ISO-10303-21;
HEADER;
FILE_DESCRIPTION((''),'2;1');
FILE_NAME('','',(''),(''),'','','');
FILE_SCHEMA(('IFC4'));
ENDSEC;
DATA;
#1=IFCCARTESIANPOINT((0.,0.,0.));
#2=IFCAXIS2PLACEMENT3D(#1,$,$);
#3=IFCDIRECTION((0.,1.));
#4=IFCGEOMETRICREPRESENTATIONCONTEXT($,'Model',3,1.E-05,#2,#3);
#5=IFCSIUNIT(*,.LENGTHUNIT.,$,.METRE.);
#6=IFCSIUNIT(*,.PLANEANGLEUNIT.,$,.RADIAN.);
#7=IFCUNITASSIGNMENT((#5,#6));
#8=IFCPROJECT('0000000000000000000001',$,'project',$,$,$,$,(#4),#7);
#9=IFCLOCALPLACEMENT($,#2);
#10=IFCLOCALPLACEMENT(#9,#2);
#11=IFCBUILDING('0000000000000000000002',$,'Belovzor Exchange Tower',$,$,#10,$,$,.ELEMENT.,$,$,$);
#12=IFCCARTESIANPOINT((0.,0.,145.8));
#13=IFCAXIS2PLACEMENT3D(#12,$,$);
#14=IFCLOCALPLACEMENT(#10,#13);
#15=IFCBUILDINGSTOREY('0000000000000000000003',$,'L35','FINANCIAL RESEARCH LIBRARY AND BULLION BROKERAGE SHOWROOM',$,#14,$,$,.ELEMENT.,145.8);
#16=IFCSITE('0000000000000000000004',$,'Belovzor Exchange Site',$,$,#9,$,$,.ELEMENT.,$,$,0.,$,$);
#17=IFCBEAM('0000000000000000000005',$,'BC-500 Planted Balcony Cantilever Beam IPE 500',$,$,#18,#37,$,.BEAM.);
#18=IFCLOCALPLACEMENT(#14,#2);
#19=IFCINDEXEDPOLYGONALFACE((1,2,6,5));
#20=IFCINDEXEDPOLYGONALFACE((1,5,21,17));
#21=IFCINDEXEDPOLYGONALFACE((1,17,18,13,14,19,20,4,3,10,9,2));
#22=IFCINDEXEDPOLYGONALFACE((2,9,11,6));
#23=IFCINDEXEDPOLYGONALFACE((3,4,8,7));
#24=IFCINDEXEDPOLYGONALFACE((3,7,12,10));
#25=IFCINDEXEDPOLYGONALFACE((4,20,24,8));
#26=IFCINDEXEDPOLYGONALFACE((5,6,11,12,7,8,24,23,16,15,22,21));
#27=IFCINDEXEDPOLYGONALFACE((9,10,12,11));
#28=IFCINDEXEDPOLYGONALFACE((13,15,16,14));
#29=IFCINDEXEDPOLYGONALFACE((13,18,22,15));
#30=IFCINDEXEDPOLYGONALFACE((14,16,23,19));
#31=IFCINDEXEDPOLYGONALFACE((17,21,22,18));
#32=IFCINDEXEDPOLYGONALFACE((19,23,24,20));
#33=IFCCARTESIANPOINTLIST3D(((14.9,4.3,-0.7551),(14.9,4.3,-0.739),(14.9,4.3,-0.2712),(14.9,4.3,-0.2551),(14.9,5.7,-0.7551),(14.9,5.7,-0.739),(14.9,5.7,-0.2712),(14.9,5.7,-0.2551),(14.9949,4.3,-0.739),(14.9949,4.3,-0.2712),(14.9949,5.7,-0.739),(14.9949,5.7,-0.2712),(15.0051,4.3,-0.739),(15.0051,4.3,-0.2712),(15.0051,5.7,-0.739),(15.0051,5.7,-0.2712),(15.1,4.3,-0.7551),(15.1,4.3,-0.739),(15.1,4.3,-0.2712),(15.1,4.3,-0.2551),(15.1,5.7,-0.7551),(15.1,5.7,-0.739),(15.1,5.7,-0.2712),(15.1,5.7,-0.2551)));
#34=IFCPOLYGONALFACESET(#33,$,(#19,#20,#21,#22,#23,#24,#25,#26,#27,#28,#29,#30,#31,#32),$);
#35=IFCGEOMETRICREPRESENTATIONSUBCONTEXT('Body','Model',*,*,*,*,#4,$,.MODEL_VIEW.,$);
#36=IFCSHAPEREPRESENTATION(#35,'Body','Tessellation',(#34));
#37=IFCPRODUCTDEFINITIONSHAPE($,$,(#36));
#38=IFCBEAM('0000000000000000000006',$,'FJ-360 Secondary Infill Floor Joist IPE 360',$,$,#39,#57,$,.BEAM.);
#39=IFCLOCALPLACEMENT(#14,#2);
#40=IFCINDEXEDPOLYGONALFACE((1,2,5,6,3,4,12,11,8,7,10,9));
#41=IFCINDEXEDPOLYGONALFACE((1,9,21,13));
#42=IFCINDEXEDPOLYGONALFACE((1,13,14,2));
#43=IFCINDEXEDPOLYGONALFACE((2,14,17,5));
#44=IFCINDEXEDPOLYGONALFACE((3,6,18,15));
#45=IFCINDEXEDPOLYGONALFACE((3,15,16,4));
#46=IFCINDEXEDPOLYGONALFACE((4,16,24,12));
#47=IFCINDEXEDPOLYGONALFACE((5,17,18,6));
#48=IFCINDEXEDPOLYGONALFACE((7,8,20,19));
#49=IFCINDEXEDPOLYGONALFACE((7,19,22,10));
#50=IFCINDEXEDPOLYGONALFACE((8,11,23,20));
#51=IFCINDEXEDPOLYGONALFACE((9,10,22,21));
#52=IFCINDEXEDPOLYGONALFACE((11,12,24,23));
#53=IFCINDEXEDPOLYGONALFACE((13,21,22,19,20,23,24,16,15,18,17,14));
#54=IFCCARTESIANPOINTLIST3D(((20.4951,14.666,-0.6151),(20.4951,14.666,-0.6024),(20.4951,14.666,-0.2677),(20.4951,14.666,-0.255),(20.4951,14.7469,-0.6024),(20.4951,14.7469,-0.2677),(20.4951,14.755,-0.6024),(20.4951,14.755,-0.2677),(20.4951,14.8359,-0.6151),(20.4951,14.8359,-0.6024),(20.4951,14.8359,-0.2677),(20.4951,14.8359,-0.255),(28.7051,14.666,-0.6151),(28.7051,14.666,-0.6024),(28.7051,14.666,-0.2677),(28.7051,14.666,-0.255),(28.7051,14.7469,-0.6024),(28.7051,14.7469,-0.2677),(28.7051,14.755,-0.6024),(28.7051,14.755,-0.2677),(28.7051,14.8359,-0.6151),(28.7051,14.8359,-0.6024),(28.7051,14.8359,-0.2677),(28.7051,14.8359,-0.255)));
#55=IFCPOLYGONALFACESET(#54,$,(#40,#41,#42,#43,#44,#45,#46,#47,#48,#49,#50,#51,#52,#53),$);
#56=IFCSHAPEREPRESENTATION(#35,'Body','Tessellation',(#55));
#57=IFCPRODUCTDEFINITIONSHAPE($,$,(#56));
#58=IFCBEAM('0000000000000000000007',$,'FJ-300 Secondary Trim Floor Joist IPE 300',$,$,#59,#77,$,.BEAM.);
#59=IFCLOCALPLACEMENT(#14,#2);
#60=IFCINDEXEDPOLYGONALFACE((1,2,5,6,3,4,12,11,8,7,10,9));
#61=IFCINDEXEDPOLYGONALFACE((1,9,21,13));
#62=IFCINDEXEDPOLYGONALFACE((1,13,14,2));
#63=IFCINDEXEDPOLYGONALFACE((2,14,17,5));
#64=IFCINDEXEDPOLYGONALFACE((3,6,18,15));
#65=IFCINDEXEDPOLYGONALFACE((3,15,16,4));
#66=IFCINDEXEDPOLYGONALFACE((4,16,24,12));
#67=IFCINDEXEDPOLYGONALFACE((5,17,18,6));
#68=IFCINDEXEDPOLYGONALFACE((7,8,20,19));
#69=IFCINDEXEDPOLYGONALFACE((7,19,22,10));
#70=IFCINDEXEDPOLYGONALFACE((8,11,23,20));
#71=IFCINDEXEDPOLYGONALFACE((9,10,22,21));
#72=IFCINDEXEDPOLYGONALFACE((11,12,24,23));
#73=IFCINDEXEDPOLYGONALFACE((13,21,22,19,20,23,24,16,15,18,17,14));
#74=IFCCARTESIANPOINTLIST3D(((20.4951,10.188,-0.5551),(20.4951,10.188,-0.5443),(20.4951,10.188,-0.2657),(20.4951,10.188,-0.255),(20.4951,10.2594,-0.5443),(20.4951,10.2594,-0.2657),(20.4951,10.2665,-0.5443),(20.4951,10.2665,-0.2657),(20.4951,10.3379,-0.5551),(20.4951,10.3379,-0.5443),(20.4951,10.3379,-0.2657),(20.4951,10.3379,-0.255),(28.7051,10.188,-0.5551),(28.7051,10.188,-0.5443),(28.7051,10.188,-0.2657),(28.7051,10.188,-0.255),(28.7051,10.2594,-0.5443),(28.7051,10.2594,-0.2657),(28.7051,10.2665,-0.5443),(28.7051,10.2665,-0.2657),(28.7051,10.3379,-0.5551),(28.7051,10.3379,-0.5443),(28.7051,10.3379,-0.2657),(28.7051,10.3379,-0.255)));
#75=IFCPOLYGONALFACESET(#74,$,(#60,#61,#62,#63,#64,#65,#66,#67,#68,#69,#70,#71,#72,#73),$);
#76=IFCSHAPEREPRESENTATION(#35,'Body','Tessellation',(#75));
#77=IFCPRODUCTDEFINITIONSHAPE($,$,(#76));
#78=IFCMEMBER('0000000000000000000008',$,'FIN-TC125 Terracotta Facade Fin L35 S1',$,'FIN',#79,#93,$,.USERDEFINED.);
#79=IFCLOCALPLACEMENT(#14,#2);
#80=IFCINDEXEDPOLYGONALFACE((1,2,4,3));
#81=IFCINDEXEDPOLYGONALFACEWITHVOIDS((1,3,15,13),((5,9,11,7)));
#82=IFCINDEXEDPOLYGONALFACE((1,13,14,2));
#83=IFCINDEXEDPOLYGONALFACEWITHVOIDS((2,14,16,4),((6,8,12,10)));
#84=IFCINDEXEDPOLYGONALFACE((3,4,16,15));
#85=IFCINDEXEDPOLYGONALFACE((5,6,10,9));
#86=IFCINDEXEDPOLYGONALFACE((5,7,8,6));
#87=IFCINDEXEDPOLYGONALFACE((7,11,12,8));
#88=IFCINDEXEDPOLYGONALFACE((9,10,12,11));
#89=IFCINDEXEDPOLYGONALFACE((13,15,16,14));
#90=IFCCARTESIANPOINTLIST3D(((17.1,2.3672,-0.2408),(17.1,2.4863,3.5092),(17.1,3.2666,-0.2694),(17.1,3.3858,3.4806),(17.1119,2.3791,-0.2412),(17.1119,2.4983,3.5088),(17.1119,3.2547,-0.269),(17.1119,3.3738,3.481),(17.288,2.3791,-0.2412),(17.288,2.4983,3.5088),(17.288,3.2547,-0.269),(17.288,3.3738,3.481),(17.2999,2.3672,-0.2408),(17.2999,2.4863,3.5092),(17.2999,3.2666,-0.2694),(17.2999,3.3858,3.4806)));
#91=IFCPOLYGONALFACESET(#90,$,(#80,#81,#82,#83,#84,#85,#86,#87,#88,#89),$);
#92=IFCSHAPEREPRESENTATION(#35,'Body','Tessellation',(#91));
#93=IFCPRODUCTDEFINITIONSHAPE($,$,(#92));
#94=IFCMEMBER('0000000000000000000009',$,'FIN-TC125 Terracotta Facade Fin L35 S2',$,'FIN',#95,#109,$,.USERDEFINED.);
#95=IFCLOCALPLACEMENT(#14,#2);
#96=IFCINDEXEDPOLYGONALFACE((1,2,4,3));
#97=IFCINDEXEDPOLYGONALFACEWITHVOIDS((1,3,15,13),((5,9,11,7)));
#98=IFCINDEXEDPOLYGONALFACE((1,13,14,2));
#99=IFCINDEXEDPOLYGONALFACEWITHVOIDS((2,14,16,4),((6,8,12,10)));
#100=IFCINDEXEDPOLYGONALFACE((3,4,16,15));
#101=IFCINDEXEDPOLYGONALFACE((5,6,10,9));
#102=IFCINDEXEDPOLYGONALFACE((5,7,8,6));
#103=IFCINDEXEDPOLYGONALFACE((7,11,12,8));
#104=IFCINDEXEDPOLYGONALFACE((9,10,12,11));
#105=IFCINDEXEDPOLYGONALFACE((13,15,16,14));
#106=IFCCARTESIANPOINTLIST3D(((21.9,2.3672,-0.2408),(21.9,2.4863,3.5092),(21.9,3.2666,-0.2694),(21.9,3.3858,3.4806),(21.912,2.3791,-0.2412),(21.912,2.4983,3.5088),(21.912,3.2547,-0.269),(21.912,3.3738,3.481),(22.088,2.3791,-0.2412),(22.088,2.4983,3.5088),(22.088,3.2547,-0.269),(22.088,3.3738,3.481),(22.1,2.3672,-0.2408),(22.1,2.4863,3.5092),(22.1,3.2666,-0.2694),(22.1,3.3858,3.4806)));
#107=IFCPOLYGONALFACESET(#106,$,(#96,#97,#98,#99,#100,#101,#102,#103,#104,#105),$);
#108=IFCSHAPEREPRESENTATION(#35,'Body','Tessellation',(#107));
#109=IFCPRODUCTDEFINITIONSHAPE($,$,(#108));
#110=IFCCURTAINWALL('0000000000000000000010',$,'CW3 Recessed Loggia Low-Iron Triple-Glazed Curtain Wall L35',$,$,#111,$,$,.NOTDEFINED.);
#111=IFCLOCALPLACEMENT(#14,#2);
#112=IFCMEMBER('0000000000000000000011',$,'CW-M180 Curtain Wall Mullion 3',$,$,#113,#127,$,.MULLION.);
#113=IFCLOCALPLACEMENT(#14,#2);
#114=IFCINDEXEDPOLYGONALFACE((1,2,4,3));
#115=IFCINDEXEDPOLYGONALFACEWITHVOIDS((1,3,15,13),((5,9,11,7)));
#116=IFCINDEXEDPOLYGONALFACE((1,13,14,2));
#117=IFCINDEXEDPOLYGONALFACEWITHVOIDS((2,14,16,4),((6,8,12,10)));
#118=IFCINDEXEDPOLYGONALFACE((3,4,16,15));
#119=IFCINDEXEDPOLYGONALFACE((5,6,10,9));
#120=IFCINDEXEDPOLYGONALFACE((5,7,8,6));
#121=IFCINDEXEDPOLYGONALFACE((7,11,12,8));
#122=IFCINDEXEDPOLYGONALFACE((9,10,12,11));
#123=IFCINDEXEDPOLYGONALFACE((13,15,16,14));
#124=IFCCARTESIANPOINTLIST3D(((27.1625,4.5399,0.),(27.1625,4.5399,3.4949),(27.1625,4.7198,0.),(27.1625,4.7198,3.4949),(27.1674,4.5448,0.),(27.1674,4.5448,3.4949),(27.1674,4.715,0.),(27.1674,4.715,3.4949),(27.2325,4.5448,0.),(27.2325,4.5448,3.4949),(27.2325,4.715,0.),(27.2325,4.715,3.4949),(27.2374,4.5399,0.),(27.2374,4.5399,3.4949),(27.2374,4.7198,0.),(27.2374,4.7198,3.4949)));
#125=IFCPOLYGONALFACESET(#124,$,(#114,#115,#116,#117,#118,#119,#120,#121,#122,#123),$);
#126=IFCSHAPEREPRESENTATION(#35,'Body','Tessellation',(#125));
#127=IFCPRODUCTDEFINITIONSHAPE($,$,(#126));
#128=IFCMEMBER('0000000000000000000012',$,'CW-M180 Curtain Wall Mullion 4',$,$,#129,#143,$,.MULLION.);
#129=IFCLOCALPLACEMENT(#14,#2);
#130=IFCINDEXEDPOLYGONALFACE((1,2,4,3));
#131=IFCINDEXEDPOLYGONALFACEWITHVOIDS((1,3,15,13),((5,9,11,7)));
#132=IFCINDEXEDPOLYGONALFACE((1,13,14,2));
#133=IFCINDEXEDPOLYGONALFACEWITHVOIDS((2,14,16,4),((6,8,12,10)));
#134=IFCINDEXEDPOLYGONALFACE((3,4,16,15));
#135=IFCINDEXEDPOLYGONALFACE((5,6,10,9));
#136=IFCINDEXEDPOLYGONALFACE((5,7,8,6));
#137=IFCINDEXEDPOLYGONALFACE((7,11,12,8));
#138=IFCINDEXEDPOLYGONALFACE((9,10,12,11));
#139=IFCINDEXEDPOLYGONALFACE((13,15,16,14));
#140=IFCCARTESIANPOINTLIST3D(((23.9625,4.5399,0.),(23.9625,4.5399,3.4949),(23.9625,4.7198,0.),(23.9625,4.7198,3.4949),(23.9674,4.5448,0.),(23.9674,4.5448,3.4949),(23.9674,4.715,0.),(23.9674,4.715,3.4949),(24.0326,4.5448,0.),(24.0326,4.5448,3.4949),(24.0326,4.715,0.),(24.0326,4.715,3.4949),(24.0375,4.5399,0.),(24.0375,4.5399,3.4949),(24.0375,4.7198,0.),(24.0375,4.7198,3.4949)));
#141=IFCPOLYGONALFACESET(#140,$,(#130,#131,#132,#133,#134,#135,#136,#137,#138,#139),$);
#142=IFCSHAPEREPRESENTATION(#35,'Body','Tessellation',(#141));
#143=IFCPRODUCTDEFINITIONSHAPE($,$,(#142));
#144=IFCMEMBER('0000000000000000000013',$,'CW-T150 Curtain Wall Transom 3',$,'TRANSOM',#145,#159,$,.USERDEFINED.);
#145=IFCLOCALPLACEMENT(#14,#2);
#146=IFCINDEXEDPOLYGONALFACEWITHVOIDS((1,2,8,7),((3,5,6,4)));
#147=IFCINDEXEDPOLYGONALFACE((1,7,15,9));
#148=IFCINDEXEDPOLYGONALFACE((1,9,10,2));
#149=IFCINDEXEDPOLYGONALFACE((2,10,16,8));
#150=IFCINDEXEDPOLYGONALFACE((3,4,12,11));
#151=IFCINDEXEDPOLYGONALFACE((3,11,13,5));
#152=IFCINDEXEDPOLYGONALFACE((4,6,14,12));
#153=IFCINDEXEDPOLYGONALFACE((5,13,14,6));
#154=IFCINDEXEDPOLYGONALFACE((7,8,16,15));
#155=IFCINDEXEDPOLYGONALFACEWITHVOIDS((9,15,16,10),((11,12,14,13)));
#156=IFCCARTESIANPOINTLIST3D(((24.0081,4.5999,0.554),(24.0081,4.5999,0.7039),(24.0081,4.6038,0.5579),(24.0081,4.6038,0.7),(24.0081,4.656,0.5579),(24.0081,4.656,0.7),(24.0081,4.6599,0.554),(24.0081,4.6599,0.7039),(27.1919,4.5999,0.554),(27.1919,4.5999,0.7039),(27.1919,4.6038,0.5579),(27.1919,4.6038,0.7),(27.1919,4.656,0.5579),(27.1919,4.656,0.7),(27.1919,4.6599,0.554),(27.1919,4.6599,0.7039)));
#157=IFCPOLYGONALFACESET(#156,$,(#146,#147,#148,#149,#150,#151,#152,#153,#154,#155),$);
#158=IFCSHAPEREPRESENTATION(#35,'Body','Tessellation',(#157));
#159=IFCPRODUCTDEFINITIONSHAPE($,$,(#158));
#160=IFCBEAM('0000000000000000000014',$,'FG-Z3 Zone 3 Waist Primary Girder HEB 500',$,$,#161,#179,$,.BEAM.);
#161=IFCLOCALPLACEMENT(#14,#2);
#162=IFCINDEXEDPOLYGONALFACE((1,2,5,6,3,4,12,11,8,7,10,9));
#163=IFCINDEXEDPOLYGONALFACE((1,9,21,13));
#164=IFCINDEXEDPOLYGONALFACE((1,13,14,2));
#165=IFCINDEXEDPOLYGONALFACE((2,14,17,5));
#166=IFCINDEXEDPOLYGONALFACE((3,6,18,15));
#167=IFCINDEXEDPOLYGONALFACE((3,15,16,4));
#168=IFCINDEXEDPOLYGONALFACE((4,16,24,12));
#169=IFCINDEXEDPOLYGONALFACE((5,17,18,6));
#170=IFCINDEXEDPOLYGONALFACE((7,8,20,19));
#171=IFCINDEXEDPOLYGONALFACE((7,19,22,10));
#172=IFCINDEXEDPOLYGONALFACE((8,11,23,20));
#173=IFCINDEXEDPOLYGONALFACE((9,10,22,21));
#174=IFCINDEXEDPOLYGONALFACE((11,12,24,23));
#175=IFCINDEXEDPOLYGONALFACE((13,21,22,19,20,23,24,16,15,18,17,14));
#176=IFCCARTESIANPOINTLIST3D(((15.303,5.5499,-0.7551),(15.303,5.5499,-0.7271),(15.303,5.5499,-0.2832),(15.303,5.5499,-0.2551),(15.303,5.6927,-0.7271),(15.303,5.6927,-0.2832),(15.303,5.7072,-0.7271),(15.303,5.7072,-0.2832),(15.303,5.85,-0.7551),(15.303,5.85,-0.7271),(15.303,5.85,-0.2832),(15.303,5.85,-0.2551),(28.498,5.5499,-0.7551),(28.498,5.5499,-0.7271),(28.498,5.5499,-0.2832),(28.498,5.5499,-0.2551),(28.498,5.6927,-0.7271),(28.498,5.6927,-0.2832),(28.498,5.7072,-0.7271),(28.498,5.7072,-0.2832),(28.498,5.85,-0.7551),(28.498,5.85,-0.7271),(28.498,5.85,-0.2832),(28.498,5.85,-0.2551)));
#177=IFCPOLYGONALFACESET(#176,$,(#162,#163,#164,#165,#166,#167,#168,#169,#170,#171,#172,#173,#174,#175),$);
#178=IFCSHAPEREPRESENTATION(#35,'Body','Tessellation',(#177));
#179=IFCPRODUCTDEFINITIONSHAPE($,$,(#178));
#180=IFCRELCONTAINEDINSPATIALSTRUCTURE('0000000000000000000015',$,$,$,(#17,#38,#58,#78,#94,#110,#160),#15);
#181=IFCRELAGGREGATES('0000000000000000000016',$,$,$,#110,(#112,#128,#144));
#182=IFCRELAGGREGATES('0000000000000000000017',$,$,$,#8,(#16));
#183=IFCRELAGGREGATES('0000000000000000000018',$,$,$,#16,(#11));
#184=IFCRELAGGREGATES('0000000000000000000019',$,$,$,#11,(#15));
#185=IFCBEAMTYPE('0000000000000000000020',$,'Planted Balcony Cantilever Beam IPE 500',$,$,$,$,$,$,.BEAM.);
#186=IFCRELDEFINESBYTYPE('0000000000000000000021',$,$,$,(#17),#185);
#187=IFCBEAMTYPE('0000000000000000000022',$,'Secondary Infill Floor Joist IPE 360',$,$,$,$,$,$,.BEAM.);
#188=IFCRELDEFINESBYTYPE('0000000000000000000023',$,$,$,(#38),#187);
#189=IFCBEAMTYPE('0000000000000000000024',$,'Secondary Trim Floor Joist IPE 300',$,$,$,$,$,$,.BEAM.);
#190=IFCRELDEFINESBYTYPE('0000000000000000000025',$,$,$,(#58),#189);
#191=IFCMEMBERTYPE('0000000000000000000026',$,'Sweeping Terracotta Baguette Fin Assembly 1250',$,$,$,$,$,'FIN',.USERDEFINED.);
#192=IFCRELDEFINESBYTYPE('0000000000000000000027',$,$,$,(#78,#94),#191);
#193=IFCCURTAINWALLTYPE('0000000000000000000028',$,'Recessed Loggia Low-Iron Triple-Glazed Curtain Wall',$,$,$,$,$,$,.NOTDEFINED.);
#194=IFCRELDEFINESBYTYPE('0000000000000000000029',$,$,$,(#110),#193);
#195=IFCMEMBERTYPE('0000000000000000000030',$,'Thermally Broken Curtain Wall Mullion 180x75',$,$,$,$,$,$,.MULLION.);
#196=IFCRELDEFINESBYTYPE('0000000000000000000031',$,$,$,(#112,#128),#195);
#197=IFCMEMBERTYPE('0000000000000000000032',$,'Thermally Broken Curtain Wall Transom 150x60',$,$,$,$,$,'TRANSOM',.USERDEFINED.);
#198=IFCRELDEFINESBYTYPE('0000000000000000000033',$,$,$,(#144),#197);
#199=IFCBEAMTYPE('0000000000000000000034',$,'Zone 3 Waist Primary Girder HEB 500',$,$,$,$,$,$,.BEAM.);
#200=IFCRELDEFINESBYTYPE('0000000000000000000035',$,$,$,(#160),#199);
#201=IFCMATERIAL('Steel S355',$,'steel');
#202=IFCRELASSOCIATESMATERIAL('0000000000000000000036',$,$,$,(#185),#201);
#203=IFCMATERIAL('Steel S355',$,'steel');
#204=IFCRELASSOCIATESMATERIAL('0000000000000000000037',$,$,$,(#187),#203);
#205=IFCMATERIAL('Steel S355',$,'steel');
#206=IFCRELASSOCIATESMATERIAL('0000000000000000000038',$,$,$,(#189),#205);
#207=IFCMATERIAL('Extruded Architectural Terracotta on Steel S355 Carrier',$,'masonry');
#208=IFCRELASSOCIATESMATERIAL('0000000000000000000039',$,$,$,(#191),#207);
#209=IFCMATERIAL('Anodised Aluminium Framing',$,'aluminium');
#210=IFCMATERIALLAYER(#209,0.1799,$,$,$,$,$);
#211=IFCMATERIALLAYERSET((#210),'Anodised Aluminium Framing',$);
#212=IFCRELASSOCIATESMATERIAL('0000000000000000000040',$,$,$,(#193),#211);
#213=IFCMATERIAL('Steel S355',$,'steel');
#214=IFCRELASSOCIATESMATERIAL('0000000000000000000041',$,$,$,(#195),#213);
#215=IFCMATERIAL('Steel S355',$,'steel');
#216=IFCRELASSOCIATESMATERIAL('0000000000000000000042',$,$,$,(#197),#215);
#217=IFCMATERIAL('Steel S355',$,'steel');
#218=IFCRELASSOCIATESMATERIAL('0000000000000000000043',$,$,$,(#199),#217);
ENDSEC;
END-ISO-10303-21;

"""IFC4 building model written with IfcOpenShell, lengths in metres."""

from ifc_helpers import new_model, si_unit, direction, frame, origin, origin_2d, place, context, subcontext, project, spatial, hollow_rectangle, i_section, extrude, material, layer, layer_set, material_profile, profile_set, type_object, element, aggregate, save


model = new_model("IFC4")

# Units and contexts
model_context = context("Model", 3, precision=1e-05, world=origin(), true_north=direction((0.0, 1.0)))
body_context = subcontext(model_context, "Body", "Model", "MODEL_VIEW")
ifc_project = project(units=[si_unit("LENGTHUNIT", "METRE"), si_unit("PLANEANGLEUNIT", "RADIAN")], contexts=[model_context])

# Site, building, storey
site_placement = place(None, origin())
site = spatial("IfcSite", under=ifc_project, at=site_placement, Name="Belovzor Exchange Site", CompositionType="ELEMENT", RefElevation=0.0)
building_placement = place(site_placement, origin())
building = spatial("IfcBuilding", under=site, at=building_placement, Name="Belovzor Exchange Tower", CompositionType="ELEMENT")
storey_placement = place(building_placement, frame((0.0, 0.0, 145.8)))
storey = spatial("IfcBuildingStorey", under=building, at=storey_placement, Name="L35", Description="FINANCIAL RESEARCH LIBRARY AND BULLION BROKERAGE SHOWROOM", CompositionType="ELEMENT", Elevation=145.8)

# Beams
ifc_material_1 = material(Name="Steel S355", Category="steel")
ifc_material_profile_1 = material_profile(ifc_material_1, i_section(OverallWidth=0.2, OverallDepth=0.5, WebThickness=0.0103, FlangeThickness=0.0161, at=origin_2d()))
ifc_profile_set_1 = profile_set([ifc_material_profile_1], Name="Steel S355")
beam_type_1 = type_object("IfcBeamType", Name="Planted Balcony Cantilever Beam IPE 500", PredefinedType="BEAM", material=ifc_profile_set_1)
beam_1_placement = place(storey_placement, frame((15.0, 5.7, -0.5051), z_axis=(0.0, -1.0, 0.0), x_axis=(1.0, 0.0, 0.0)))
element("IfcBeam", 1, at=beam_1_placement, inside=storey, type_object=beam_type_1, Name="BC-500 Planted Balcony Cantilever Beam IPE 500", PredefinedType="BEAM", context=body_context, shape_type="SweptSolid", body=[
    extrude(i_section(OverallWidth=0.2, OverallDepth=0.5, WebThickness=0.0103, FlangeThickness=0.0161, at=origin_2d()), origin(), (0.0, 0.0, 1.0), 1.3999),
])
ifc_material_2 = material(Name="Steel S355", Category="steel")
ifc_material_profile_2 = material_profile(ifc_material_2, i_section(OverallWidth=0.1699, OverallDepth=0.3601, WebThickness=0.0081, FlangeThickness=0.0127, at=origin_2d()))
ifc_profile_set_2 = profile_set([ifc_material_profile_2], Name="Steel S355")
beam_type_2 = type_object("IfcBeamType", Name="Secondary Infill Floor Joist IPE 360", PredefinedType="BEAM", material=ifc_profile_set_2)
beam_2_placement = place(storey_placement, frame((20.4951, 14.751, -0.4351), z_axis=(1.0, 0.0, 0.0), x_axis=(0.0, 1.0, 0.0)))
element("IfcBeam", 2, at=beam_2_placement, inside=storey, type_object=beam_type_2, Name="FJ-360 Secondary Infill Floor Joist IPE 360", PredefinedType="BEAM", context=body_context, shape_type="SweptSolid", body=[
    extrude(i_section(OverallWidth=0.1699, OverallDepth=0.3601, WebThickness=0.0081, FlangeThickness=0.0127, at=origin_2d()), origin(), (0.0, 0.0, 1.0), 8.21),
])
ifc_material_3 = material(Name="Steel S355", Category="steel")
ifc_material_profile_3 = material_profile(ifc_material_3, i_section(OverallWidth=0.1499, OverallDepth=0.3, WebThickness=0.0071, FlangeThickness=0.0107, at=origin_2d()))
ifc_profile_set_3 = profile_set([ifc_material_profile_3], Name="Steel S355")
beam_type_3 = type_object("IfcBeamType", Name="Secondary Trim Floor Joist IPE 300", PredefinedType="BEAM", material=ifc_profile_set_3)
beam_3_placement = place(storey_placement, frame((20.4951, 10.2629, -0.405), z_axis=(1.0, 0.0, 0.0), x_axis=(0.0, 1.0, 0.0)))
element("IfcBeam", 3, at=beam_3_placement, inside=storey, type_object=beam_type_3, Name="FJ-300 Secondary Trim Floor Joist IPE 300", PredefinedType="BEAM", context=body_context, shape_type="SweptSolid", body=[
    extrude(i_section(OverallWidth=0.1499, OverallDepth=0.3, WebThickness=0.0071, FlangeThickness=0.0107, at=origin_2d()), origin(), (0.0, 0.0, 1.0), 8.21),
])

# Members
ifc_material_4 = material(Name="Extruded Architectural Terracotta on Steel S355 Carrier", Category="masonry")
ifc_material_profile_4 = material_profile(ifc_material_4, hollow_rectangle(XDim=0.2, YDim=0.8999, WallThickness=0.012, at=origin_2d()))
ifc_profile_set_4 = profile_set([ifc_material_profile_4], Name="Extruded Architectural Terracotta on Steel S355 Carrier")
member_type_1 = type_object("IfcMemberType", Name="Sweeping Terracotta Baguette Fin Assembly 1250", ElementType="FIN", PredefinedType="USERDEFINED", material=ifc_profile_set_4)
for number, where, z_axis, x_axis, name in (
    (4, (17.2, 2.8169, -0.2551), (0.0, 0.031755, 0.999496), (-1.0, 0.0, 0.0), "FIN-TC125 Terracotta Facade Fin L35 S1"),
    (5, (22.0, 2.8169, -0.2551), (0.0, 0.031755, 0.999496), (-1.0, 0.0, 0.0), "FIN-TC125 Terracotta Facade Fin L35 S2"),
):
    element("IfcMember", number, at=place(storey_placement, frame(where, z_axis=z_axis, x_axis=x_axis)), inside=storey, type_object=member_type_1, Name=name, ObjectType="FIN", PredefinedType="USERDEFINED", context=body_context, shape_type="SweptSolid", body=[
        extrude(hollow_rectangle(XDim=0.2, YDim=0.8999, WallThickness=0.012, at=origin_2d()), origin(), (0.0, 0.0, 1.0), 3.752),
    ])

# Curtain wall, members
ifc_material_5 = material(Name="Anodised Aluminium Framing", Category="aluminium")
ifc_layer_1 = layer(ifc_material_5, 0.1799)
ifc_layer_set_1 = layer_set([ifc_layer_1], Name="Anodised Aluminium Framing")
curtain_wall_type = type_object("IfcCurtainWallType", Name="Recessed Loggia Low-Iron Triple-Glazed Curtain Wall", PredefinedType="NOTDEFINED", material=ifc_layer_set_1)
curtain_wall_placement = place(storey_placement, origin())
curtain_wall = element("IfcCurtainWall", 6, at=curtain_wall_placement, inside=storey, type_object=curtain_wall_type, Name="CW3 Recessed Loggia Low-Iron Triple-Glazed Curtain Wall L35", PredefinedType="NOTDEFINED")
ifc_material_6 = material(Name="Steel S355", Category="steel")
ifc_material_profile_5 = material_profile(ifc_material_6, hollow_rectangle(XDim=0.075, YDim=0.1799, WallThickness=0.0049, at=origin_2d()))
ifc_profile_set_5 = profile_set([ifc_material_profile_5], Name="Steel S355")
member_type_2 = type_object("IfcMemberType", Name="Thermally Broken Curtain Wall Mullion 180x75", PredefinedType="MULLION", material=ifc_profile_set_5)
member_1_placement = place(storey_placement, frame((27.2, 4.6299, 0.0), z_axis=(0.0, 0.0, 1.0), x_axis=(-1.0, 0.0, 0.0)))
member_1 = element("IfcMember", 7, at=member_1_placement, type_object=member_type_2, Name="CW-M180 Curtain Wall Mullion 3", PredefinedType="MULLION", context=body_context, shape_type="SweptSolid", body=[
    extrude(hollow_rectangle(XDim=0.075, YDim=0.1799, WallThickness=0.0049, at=origin_2d()), origin(), (0.0, 0.0, 1.0), 3.4949),
])
member_2_placement = place(storey_placement, frame((24.0, 4.6299, 0.0), z_axis=(0.0, 0.0, 1.0), x_axis=(-1.0, 0.0, 0.0)))
member_2 = element("IfcMember", 8, at=member_2_placement, type_object=member_type_2, Name="CW-M180 Curtain Wall Mullion 4", PredefinedType="MULLION", context=body_context, shape_type="SweptSolid", body=[
    extrude(hollow_rectangle(XDim=0.075, YDim=0.1799, WallThickness=0.0049, at=origin_2d()), origin(), (0.0, 0.0, 1.0), 3.4949),
])
ifc_material_7 = material(Name="Steel S355", Category="steel")
ifc_material_profile_6 = material_profile(ifc_material_7, hollow_rectangle(XDim=0.0601, YDim=0.1499, WallThickness=0.0039, at=origin_2d()))
ifc_profile_set_6 = profile_set([ifc_material_profile_6], Name="Steel S355")
member_type_3 = type_object("IfcMemberType", Name="Thermally Broken Curtain Wall Transom 150x60", ElementType="TRANSOM", PredefinedType="USERDEFINED", material=ifc_profile_set_6)
member_3_placement = place(storey_placement, frame((27.1919, 4.6299, 0.6289), z_axis=(-1.0, 0.0, 0.0), x_axis=(0.0, -1.0, 0.0)))
member_3 = element("IfcMember", 9, at=member_3_placement, type_object=member_type_3, Name="CW-T150 Curtain Wall Transom 3", ObjectType="TRANSOM", PredefinedType="USERDEFINED", context=body_context, shape_type="SweptSolid", body=[
    extrude(hollow_rectangle(XDim=0.0601, YDim=0.1499, WallThickness=0.0039, at=origin_2d()), origin(), (0.0, 0.0, 1.0), 3.1838),
])

# Beam
ifc_material_8 = material(Name="Steel S355", Category="steel")
ifc_material_profile_7 = material_profile(ifc_material_8, i_section(OverallWidth=0.3, OverallDepth=0.5, WebThickness=0.0144, FlangeThickness=0.0281, at=origin_2d()))
ifc_profile_set_7 = profile_set([ifc_material_profile_7], Name="Steel S355")
beam_type_4 = type_object("IfcBeamType", Name="Zone 3 Waist Primary Girder HEB 500", PredefinedType="BEAM", material=ifc_profile_set_7)
beam_4_placement = place(storey_placement, frame((15.303, 5.7, -0.5051), z_axis=(1.0, 0.0, 0.0), x_axis=(0.0, 1.0, 0.0)))
element("IfcBeam", 10, at=beam_4_placement, inside=storey, type_object=beam_type_4, Name="FG-Z3 Zone 3 Waist Primary Girder HEB 500", PredefinedType="BEAM", context=body_context, shape_type="SweptSolid", body=[
    extrude(i_section(OverallWidth=0.3, OverallDepth=0.5, WebThickness=0.0144, FlangeThickness=0.0281, at=origin_2d()), origin(), (0.0, 0.0, 1.0), 13.1951),
])

aggregate(curtain_wall, [member_1, member_2, member_3])

save(model, "model.ifc")
